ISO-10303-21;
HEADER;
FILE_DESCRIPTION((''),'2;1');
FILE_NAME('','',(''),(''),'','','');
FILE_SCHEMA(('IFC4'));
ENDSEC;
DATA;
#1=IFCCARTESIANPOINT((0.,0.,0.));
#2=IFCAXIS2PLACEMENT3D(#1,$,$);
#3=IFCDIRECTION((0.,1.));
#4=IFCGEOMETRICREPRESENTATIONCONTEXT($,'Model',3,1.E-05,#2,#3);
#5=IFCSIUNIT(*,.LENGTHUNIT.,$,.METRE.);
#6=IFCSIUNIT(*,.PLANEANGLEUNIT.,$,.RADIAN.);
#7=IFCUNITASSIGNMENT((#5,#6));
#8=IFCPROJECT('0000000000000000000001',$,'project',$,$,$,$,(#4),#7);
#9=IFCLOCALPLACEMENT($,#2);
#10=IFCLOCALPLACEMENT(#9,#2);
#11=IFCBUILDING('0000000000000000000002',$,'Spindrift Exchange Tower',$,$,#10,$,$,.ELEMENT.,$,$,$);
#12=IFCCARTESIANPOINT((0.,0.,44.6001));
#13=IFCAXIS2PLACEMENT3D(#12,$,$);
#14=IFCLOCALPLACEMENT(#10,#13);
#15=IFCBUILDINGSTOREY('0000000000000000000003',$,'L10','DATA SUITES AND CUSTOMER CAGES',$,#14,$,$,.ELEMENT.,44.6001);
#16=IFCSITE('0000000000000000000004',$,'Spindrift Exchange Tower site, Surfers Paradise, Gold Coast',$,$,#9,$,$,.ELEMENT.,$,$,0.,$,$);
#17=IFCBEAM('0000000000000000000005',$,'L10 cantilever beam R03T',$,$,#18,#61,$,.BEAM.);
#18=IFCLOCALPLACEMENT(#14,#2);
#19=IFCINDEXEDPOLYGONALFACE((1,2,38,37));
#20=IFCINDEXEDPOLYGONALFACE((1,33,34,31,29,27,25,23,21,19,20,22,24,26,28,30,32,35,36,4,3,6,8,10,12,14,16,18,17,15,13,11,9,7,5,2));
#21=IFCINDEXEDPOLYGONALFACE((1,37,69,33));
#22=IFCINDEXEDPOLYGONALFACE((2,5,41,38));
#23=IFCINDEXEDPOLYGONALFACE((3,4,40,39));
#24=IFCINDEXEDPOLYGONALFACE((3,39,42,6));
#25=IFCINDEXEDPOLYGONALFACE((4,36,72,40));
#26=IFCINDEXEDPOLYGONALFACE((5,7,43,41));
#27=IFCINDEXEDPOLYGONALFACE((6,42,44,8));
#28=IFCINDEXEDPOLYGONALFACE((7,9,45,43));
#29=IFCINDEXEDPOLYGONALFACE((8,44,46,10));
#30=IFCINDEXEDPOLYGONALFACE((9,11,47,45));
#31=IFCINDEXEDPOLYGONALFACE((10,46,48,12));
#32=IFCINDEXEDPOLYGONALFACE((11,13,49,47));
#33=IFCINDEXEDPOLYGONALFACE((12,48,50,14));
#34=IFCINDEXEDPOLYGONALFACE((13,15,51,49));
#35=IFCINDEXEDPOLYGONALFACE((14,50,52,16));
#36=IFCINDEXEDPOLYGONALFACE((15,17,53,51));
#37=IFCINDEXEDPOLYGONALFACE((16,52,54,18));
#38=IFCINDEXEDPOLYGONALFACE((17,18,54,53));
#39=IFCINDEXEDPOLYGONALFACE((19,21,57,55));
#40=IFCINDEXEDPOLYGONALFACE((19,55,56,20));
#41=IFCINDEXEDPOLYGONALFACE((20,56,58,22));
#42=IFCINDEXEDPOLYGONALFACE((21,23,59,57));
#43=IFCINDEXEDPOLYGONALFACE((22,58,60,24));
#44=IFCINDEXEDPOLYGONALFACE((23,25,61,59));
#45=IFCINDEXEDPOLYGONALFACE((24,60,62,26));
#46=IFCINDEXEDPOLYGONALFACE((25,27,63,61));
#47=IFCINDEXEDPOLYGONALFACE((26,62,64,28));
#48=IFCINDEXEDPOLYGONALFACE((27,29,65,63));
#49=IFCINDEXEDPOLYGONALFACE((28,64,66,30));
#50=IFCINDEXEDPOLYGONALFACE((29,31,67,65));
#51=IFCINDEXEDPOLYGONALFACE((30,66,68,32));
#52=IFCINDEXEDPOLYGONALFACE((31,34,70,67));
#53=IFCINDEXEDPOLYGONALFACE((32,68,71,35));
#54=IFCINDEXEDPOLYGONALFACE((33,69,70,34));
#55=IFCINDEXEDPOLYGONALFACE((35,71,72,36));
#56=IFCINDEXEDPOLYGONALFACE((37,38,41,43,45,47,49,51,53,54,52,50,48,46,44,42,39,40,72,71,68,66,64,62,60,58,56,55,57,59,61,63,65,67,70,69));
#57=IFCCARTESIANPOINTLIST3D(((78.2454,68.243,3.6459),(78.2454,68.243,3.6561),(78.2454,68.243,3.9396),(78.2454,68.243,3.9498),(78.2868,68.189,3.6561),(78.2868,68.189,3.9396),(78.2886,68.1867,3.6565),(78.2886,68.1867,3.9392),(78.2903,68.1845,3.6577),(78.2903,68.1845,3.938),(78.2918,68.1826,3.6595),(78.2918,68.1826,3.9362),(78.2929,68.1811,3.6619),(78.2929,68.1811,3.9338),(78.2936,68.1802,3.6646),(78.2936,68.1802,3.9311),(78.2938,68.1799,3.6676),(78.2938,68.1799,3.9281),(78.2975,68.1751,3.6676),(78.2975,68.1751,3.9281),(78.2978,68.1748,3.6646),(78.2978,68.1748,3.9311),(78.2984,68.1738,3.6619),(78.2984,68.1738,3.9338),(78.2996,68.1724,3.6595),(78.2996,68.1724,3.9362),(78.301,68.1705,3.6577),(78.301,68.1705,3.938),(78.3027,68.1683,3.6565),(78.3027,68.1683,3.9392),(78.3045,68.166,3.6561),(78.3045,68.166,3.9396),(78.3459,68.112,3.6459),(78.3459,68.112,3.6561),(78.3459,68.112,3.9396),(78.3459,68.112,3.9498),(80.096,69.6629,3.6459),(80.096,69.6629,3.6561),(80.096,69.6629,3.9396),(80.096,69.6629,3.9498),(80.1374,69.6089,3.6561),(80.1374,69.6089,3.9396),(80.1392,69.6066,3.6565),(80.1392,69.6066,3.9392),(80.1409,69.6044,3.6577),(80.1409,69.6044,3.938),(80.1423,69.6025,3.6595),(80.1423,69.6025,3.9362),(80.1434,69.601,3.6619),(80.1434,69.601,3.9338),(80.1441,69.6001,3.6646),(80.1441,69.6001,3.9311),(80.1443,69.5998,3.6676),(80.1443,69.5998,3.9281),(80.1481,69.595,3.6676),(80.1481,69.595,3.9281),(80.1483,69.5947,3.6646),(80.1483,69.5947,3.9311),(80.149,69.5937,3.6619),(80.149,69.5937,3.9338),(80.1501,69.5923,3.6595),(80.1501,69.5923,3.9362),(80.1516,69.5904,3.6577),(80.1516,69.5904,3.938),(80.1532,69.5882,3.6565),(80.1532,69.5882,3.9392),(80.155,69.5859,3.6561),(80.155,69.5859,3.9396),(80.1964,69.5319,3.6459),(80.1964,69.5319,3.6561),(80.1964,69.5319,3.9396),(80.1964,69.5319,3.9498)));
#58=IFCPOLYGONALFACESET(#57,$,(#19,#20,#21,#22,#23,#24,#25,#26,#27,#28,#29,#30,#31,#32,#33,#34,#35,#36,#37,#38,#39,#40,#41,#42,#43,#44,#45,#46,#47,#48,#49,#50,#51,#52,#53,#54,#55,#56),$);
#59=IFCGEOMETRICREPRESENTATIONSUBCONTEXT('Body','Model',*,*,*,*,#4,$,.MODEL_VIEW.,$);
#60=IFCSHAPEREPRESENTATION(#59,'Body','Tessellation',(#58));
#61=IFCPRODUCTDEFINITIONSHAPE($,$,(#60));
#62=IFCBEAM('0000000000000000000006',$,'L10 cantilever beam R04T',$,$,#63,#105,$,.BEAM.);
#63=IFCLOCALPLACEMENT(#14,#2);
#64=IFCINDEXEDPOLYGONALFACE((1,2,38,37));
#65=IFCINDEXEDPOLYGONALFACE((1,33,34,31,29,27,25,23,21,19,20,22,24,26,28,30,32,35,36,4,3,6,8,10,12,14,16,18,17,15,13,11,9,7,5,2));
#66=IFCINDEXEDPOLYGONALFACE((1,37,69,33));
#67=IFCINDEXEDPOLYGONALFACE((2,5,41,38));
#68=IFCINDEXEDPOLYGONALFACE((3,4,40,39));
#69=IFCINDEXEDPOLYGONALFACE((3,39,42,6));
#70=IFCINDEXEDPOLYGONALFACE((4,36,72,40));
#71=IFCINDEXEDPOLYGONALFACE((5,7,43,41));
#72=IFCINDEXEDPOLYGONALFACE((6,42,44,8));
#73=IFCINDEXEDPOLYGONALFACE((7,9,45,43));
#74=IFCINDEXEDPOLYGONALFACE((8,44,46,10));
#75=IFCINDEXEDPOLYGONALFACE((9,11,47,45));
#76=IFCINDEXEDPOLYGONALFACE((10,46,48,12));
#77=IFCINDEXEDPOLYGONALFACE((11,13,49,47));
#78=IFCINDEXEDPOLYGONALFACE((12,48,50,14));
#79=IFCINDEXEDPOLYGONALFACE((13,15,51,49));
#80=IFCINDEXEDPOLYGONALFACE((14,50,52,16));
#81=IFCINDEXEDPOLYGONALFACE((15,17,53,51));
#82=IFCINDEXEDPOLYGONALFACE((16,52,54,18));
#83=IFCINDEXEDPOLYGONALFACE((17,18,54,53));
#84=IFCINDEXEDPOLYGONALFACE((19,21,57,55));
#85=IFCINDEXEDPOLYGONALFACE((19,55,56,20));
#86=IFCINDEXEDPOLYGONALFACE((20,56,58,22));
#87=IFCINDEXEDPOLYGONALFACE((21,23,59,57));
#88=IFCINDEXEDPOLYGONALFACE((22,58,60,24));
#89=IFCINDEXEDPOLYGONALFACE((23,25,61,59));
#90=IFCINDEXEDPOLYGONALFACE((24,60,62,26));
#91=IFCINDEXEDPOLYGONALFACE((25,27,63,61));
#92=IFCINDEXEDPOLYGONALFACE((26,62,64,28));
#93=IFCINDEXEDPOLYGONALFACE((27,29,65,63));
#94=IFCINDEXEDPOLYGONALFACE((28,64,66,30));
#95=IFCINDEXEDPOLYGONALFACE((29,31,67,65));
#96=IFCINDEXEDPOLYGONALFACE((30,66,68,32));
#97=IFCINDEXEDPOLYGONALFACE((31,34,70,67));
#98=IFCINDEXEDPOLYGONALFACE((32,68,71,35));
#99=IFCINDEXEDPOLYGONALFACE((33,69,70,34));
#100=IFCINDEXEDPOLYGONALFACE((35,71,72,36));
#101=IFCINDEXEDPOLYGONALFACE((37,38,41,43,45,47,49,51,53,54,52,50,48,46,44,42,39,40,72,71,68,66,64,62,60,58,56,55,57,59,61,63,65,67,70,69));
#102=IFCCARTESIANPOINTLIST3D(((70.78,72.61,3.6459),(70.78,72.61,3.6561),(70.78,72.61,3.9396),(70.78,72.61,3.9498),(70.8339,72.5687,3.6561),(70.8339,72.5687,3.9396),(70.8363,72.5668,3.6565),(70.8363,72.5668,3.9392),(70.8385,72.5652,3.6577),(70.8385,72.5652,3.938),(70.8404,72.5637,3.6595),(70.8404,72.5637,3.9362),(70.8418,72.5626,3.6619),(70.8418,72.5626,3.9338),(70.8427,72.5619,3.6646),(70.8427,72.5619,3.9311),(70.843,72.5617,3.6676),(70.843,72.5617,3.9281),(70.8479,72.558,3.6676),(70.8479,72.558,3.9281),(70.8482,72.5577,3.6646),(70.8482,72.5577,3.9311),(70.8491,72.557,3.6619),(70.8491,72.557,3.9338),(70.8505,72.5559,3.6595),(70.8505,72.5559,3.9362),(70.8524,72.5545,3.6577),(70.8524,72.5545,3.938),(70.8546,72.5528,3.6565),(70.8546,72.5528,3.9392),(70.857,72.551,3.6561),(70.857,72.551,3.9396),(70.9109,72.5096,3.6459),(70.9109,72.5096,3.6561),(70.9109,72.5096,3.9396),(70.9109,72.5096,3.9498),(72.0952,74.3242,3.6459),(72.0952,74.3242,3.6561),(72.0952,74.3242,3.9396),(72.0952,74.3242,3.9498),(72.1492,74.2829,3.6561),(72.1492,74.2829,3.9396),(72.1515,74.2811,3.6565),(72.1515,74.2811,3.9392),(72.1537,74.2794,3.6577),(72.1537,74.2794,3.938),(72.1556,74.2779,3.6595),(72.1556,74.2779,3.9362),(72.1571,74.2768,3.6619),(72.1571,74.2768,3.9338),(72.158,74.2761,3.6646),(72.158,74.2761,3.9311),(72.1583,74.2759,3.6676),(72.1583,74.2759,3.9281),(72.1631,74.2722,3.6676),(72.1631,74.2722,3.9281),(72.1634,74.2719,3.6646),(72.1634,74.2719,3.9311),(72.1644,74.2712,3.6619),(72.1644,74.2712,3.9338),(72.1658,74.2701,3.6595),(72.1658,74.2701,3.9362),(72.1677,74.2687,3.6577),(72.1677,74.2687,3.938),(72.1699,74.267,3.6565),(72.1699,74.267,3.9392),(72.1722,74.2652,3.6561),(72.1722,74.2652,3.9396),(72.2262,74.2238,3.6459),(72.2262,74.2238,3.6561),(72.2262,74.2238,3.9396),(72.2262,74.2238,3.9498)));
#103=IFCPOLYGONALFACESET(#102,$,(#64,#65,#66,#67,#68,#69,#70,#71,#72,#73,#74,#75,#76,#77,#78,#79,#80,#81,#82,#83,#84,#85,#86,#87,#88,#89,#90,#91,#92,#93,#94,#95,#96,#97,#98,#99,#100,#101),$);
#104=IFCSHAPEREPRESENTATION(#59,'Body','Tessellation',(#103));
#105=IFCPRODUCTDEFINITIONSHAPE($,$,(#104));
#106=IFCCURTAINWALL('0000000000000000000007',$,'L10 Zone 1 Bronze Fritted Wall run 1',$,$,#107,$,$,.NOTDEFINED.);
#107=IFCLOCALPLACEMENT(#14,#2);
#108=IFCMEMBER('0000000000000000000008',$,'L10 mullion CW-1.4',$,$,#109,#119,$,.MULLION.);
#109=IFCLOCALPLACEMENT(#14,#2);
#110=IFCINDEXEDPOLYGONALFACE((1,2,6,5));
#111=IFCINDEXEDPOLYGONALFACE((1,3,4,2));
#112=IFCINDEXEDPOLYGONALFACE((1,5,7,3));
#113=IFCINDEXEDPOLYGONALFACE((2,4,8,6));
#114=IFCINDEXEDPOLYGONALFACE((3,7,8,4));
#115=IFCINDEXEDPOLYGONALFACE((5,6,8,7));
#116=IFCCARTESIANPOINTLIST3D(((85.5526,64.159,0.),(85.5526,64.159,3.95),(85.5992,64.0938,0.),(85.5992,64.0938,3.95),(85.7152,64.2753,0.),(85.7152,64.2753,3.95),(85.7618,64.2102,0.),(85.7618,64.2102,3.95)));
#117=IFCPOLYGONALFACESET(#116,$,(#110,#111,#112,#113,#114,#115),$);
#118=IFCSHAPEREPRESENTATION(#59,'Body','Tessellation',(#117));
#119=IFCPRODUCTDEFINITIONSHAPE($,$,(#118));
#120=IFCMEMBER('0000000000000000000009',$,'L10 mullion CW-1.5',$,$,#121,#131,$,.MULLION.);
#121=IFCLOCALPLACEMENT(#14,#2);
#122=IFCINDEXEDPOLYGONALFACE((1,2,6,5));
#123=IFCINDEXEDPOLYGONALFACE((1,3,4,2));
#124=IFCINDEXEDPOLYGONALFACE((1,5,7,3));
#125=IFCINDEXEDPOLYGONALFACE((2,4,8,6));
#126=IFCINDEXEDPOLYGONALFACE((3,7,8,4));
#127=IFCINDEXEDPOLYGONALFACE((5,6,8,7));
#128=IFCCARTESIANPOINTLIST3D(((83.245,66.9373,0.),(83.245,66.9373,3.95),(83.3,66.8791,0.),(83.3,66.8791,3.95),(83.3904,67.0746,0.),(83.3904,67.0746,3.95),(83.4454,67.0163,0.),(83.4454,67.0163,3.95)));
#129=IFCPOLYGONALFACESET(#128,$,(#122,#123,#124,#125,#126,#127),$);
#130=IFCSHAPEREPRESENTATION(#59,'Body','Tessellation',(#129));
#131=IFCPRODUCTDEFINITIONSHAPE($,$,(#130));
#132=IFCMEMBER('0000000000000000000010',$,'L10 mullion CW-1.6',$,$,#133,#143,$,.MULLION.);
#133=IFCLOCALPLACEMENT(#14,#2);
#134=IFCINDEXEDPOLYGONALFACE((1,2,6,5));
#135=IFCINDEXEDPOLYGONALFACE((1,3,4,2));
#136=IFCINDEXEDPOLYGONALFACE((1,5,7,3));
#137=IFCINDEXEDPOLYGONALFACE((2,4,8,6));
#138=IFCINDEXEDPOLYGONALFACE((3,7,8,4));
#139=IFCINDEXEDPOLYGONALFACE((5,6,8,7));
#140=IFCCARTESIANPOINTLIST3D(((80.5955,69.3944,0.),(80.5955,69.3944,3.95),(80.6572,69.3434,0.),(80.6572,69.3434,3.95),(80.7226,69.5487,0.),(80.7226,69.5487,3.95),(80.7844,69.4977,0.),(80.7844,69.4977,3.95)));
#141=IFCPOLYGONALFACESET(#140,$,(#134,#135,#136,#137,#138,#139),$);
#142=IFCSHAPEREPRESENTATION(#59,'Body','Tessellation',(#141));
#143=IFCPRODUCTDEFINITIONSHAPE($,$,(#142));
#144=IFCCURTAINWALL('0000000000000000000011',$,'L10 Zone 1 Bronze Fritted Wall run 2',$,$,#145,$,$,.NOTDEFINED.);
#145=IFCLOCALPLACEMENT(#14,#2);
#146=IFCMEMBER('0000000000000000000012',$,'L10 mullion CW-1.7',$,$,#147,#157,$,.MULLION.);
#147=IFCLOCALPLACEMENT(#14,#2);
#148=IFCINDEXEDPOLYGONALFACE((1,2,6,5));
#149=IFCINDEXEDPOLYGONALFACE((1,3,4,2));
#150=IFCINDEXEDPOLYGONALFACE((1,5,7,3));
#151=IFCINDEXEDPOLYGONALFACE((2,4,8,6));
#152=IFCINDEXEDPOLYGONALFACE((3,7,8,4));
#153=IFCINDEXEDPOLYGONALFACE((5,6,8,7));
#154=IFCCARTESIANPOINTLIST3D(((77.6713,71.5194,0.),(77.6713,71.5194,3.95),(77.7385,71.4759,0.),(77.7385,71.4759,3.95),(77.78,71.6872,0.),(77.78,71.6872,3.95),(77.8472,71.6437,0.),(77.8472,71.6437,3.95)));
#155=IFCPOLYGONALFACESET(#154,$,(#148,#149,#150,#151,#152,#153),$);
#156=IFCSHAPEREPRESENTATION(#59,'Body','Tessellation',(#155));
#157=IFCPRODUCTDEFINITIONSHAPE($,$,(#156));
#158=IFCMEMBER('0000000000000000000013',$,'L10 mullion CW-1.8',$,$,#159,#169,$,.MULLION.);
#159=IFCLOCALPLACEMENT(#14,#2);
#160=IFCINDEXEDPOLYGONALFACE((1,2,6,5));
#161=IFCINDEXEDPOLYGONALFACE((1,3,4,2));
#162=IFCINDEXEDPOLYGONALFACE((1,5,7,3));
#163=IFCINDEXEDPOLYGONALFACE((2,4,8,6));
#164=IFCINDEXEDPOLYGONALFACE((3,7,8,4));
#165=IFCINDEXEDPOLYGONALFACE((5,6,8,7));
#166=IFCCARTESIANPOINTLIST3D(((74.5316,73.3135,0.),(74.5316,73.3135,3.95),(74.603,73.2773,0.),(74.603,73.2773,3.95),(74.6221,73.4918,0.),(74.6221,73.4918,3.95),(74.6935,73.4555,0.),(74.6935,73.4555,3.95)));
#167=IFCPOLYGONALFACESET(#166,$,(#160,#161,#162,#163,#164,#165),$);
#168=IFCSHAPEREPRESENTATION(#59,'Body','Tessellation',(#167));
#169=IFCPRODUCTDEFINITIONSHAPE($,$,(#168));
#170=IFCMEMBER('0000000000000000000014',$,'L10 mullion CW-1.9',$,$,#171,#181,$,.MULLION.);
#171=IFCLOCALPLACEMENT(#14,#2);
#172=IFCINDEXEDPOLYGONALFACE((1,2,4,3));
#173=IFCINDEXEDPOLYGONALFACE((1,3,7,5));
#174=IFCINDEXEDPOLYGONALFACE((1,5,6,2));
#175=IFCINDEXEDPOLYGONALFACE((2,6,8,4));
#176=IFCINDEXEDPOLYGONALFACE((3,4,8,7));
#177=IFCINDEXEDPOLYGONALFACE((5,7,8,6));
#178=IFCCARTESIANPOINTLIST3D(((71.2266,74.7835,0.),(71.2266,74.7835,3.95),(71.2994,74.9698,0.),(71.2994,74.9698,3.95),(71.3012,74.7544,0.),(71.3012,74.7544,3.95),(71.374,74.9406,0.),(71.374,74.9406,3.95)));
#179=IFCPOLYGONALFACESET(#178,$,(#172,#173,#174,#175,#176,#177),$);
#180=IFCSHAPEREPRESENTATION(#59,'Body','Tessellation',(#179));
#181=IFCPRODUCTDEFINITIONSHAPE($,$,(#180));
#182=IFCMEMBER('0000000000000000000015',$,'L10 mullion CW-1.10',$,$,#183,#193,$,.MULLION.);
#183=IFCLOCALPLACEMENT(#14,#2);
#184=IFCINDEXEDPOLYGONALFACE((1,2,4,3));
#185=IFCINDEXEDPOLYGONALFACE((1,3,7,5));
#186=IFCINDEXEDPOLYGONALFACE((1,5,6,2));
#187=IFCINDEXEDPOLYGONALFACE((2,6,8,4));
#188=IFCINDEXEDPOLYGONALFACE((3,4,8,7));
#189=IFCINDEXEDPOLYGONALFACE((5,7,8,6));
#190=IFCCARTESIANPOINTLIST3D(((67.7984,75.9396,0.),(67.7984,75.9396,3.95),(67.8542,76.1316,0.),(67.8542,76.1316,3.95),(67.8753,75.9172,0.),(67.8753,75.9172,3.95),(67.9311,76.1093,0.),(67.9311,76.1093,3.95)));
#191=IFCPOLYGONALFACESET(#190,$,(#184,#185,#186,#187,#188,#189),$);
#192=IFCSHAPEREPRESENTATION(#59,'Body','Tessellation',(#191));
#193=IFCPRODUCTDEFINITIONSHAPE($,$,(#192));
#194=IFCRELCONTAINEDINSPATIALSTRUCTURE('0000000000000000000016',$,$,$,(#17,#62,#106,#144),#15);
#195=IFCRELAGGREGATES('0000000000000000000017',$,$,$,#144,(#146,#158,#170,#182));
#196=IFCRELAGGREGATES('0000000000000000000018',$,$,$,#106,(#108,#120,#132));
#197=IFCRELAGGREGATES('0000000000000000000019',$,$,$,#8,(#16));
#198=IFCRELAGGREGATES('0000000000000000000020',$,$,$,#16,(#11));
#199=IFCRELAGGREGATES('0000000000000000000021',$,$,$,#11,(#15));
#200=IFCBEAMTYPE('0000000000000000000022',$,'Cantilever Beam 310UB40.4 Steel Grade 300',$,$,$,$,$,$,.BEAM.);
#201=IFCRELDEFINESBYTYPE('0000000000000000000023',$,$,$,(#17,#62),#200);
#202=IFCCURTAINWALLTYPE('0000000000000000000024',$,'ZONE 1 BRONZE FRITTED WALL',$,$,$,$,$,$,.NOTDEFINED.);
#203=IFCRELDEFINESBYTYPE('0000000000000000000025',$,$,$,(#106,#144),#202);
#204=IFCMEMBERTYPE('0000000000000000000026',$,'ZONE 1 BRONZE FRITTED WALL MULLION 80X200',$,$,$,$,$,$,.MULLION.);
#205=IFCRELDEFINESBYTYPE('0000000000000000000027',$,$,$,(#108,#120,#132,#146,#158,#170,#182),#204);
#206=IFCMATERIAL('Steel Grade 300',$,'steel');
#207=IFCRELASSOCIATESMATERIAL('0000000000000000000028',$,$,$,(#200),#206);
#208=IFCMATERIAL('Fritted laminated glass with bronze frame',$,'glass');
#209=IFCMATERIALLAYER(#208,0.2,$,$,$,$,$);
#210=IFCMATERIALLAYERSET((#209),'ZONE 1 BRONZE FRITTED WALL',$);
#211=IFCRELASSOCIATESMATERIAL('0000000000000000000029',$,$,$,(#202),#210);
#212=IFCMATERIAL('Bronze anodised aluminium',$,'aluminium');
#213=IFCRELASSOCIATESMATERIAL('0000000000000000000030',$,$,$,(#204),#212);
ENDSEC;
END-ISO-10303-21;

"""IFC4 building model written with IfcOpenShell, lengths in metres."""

from ifc_helpers import new_model, si_unit, direction, frame, origin, origin_2d, place, context, subcontext, project, spatial, rectangle, i_section, extrude, source, transform, mapped, material, layer, layer_set, material_profile, profile_set, type_object, element, aggregate, save


model = new_model("IFC4")

# Units and contexts
model_context = context("Model", 3, precision=1e-05, world=origin(), true_north=direction((0.0, 1.0)))
body_context = subcontext(model_context, "Body", "Model", "MODEL_VIEW")
ifc_project = project(units=[si_unit("LENGTHUNIT", "METRE"), si_unit("PLANEANGLEUNIT", "RADIAN")], contexts=[model_context])

# Site, building, storey
site_placement = place(None, origin())
site = spatial("IfcSite", under=ifc_project, at=site_placement, Name="Spindrift Exchange Tower site, Surfers Paradise, Gold Coast", CompositionType="ELEMENT", RefElevation=0.0)
building_placement = place(site_placement, origin())
building = spatial("IfcBuilding", under=site, at=building_placement, Name="Spindrift Exchange Tower", CompositionType="ELEMENT")
storey_placement = place(building_placement, frame((0.0, 0.0, 44.6001)))
storey = spatial("IfcBuildingStorey", under=building, at=storey_placement, Name="L10", Description="DATA SUITES AND CUSTOMER CAGES", CompositionType="ELEMENT", Elevation=44.6001)

# Beams
ifc_material_1 = material(Name="Steel Grade 300", Category="steel")
ifc_material_profile_1 = material_profile(ifc_material_1, i_section(OverallWidth=0.165, OverallDepth=0.304, WebThickness=0.0061, FlangeThickness=0.0103, FilletRadius=0.0115, at=origin_2d()), Name="310UB40.4")
ifc_profile_set_1 = profile_set([ifc_material_profile_1], Name="Steel Grade 300")
beam_type_1 = type_object("IfcBeamType", Name="Cantilever Beam 310UB40.4 Steel Grade 300", PredefinedType="BEAM", material=ifc_profile_set_1)
shared_shape_1 = source(origin(), body_context, "Body", "SweptSolid", [
    extrude(i_section(OverallWidth=0.165, OverallDepth=0.304, WebThickness=0.0061, FlangeThickness=0.0103, FilletRadius=0.0115, at=origin_2d()), origin(), (0.0, 0.0, 1.0), 2.3325),
])
beam_1_placement = place(storey_placement, frame((78.2957, 68.1775, 3.7979), z_axis=(0.79337, 0.608739, 0.0), x_axis=(-0.608739, 0.79337, 0.0)))
element("IfcBeam", 1, at=beam_1_placement, inside=storey, type_object=beam_type_1, Name="L10 cantilever beam R03T", PredefinedType="BEAM", context=body_context, shape_type="MappedRepresentation", body=[
    mapped(shared_shape_1, transform((0.0, 0.0, 0.0), scale=1.0)),
])
shared_shape_2 = source(origin(), body_context, "Body", "SweptSolid", [
    extrude(i_section(OverallWidth=0.165, OverallDepth=0.304, WebThickness=0.0061, FlangeThickness=0.0103, FilletRadius=0.0115, at=origin_2d()), origin(), (0.0, 0.0, 1.0), 2.1606),
])
beam_2_placement = place(storey_placement, frame((70.8455, 72.5598, 3.7979), z_axis=(0.608733, 0.793375, 0.0), x_axis=(-0.793375, 0.608733, 0.0)))
element("IfcBeam", 2, at=beam_2_placement, inside=storey, type_object=beam_type_1, Name="L10 cantilever beam R04T", PredefinedType="BEAM", context=body_context, shape_type="MappedRepresentation", body=[
    mapped(shared_shape_2, transform((0.0, 0.0, 0.0), scale=1.0)),
])

# Curtain walls, members
ifc_material_2 = material(Name="Fritted laminated glass with bronze frame", Category="glass")
ifc_layer_1 = layer(ifc_material_2, 0.2)
ifc_layer_set_1 = layer_set([ifc_layer_1], Name="ZONE 1 BRONZE FRITTED WALL")
curtain_wall_type = type_object("IfcCurtainWallType", Name="ZONE 1 BRONZE FRITTED WALL", PredefinedType="NOTDEFINED", material=ifc_layer_set_1)
curtain_wall_1_placement = place(storey_placement, origin())
curtain_wall_1 = element("IfcCurtainWall", 3, at=curtain_wall_1_placement, inside=storey, type_object=curtain_wall_type, Name="L10 Zone 1 Bronze Fritted Wall run 1", PredefinedType="NOTDEFINED")
ifc_material_3 = material(Name="Bronze anodised aluminium", Category="aluminium")
ifc_material_profile_2 = material_profile(ifc_material_3, rectangle(XDim=0.0801, YDim=0.2, at=origin_2d()), Name="ZONE 1 BRONZE FRITTED WALL MULLION 80X200")
ifc_profile_set_2 = profile_set([ifc_material_profile_2], Name="Bronze anodised aluminium")
member_type_1 = type_object("IfcMemberType", Name="ZONE 1 BRONZE FRITTED WALL MULLION 80X200", PredefinedType="MULLION", material=ifc_profile_set_2)
shared_shape_3 = source(origin(), body_context, "Body", "SweptSolid", [
    extrude(rectangle(XDim=0.0801, YDim=0.2, at=origin_2d()), origin(), (0.0, 0.0, 1.0), 3.95),
])
member_1_placement = place(storey_placement, frame((85.6572, 64.1846, 0.0), z_axis=(0.0, 0.0, 1.0), x_axis=(-0.581952, 0.813223, 0.0)))
member_1 = element("IfcMember", 4, at=member_1_placement, type_object=member_type_1, Name="L10 mullion CW-1.4", PredefinedType="MULLION", context=body_context, shape_type="MappedRepresentation", body=[
    mapped(shared_shape_3, transform((0.0, 0.0, 0.0), scale=1.0)),
])
member_2_placement = place(storey_placement, frame((83.3452, 66.9768, 0.0), z_axis=(0.0, 0.0, 1.0), x_axis=(-0.686489, 0.72714, 0.0)))
member_2 = element("IfcMember", 5, at=member_2_placement, type_object=member_type_1, Name="L10 mullion CW-1.5", PredefinedType="MULLION", context=body_context, shape_type="MappedRepresentation", body=[
    mapped(shared_shape_3, transform((0.0, 0.0, 0.0), scale=1.0)),
])
member_3_placement = place(storey_placement, frame((80.6899, 69.446, 0.0), z_axis=(0.0, 0.0, 1.0), x_axis=(-0.771626, 0.636077, 0.0)))
member_3 = element("IfcMember", 6, at=member_3_placement, type_object=member_type_1, Name="L10 mullion CW-1.6", PredefinedType="MULLION", context=body_context, shape_type="MappedRepresentation", body=[
    mapped(shared_shape_3, transform((0.0, 0.0, 0.0), scale=1.0)),
])
curtain_wall_2_placement = place(storey_placement, origin())
curtain_wall_2 = element("IfcCurtainWall", 7, at=curtain_wall_2_placement, inside=storey, type_object=curtain_wall_type, Name="L10 Zone 1 Bronze Fritted Wall run 2", PredefinedType="NOTDEFINED")
member_4_placement = place(storey_placement, frame((77.7593, 71.5815, 0.0), z_axis=(0.0, 0.0, 1.0), x_axis=(-0.839187, 0.543844, 0.0)))
member_4 = element("IfcMember", 8, at=member_4_placement, type_object=member_type_1, Name="L10 mullion CW-1.7", PredefinedType="MULLION", context=body_context, shape_type="MappedRepresentation", body=[
    mapped(shared_shape_3, transform((0.0, 0.0, 0.0), scale=1.0)),
])
member_5_placement = place(storey_placement, frame((74.6125, 73.3845, 0.0), z_axis=(0.0, 0.0, 1.0), x_axis=(-0.891596, 0.452833, 0.0)))
member_5 = element("IfcMember", 9, at=member_5_placement, type_object=member_type_1, Name="L10 mullion CW-1.8", PredefinedType="MULLION", context=body_context, shape_type="MappedRepresentation", body=[
    mapped(shared_shape_3, transform((0.0, 0.0, 0.0), scale=1.0)),
])
member_6_placement = place(storey_placement, frame((71.3003, 74.8621, 0.0), z_axis=(0.0, 0.0, 1.0), x_axis=(-0.931268, 0.364335, 0.0)))
member_6 = element("IfcMember", 10, at=member_6_placement, type_object=member_type_1, Name="L10 mullion CW-1.9", PredefinedType="MULLION", context=body_context, shape_type="MappedRepresentation", body=[
    mapped(shared_shape_3, transform((0.0, 0.0, 0.0), scale=1.0)),
])
member_7_placement = place(storey_placement, frame((67.8647, 76.0244, 0.0), z_axis=(0.0, 0.0, 1.0), x_axis=(-0.960329, 0.278868, 0.0)))
member_7 = element("IfcMember", 11, at=member_7_placement, type_object=member_type_1, Name="L10 mullion CW-1.10", PredefinedType="MULLION", context=body_context, shape_type="MappedRepresentation", body=[
    mapped(shared_shape_3, transform((0.0, 0.0, 0.0), scale=1.0)),
])

aggregate(curtain_wall_2, [member_4, member_5, member_6, member_7])
aggregate(curtain_wall_1, [member_1, member_2, member_3])

save(model, "model.ifc")
